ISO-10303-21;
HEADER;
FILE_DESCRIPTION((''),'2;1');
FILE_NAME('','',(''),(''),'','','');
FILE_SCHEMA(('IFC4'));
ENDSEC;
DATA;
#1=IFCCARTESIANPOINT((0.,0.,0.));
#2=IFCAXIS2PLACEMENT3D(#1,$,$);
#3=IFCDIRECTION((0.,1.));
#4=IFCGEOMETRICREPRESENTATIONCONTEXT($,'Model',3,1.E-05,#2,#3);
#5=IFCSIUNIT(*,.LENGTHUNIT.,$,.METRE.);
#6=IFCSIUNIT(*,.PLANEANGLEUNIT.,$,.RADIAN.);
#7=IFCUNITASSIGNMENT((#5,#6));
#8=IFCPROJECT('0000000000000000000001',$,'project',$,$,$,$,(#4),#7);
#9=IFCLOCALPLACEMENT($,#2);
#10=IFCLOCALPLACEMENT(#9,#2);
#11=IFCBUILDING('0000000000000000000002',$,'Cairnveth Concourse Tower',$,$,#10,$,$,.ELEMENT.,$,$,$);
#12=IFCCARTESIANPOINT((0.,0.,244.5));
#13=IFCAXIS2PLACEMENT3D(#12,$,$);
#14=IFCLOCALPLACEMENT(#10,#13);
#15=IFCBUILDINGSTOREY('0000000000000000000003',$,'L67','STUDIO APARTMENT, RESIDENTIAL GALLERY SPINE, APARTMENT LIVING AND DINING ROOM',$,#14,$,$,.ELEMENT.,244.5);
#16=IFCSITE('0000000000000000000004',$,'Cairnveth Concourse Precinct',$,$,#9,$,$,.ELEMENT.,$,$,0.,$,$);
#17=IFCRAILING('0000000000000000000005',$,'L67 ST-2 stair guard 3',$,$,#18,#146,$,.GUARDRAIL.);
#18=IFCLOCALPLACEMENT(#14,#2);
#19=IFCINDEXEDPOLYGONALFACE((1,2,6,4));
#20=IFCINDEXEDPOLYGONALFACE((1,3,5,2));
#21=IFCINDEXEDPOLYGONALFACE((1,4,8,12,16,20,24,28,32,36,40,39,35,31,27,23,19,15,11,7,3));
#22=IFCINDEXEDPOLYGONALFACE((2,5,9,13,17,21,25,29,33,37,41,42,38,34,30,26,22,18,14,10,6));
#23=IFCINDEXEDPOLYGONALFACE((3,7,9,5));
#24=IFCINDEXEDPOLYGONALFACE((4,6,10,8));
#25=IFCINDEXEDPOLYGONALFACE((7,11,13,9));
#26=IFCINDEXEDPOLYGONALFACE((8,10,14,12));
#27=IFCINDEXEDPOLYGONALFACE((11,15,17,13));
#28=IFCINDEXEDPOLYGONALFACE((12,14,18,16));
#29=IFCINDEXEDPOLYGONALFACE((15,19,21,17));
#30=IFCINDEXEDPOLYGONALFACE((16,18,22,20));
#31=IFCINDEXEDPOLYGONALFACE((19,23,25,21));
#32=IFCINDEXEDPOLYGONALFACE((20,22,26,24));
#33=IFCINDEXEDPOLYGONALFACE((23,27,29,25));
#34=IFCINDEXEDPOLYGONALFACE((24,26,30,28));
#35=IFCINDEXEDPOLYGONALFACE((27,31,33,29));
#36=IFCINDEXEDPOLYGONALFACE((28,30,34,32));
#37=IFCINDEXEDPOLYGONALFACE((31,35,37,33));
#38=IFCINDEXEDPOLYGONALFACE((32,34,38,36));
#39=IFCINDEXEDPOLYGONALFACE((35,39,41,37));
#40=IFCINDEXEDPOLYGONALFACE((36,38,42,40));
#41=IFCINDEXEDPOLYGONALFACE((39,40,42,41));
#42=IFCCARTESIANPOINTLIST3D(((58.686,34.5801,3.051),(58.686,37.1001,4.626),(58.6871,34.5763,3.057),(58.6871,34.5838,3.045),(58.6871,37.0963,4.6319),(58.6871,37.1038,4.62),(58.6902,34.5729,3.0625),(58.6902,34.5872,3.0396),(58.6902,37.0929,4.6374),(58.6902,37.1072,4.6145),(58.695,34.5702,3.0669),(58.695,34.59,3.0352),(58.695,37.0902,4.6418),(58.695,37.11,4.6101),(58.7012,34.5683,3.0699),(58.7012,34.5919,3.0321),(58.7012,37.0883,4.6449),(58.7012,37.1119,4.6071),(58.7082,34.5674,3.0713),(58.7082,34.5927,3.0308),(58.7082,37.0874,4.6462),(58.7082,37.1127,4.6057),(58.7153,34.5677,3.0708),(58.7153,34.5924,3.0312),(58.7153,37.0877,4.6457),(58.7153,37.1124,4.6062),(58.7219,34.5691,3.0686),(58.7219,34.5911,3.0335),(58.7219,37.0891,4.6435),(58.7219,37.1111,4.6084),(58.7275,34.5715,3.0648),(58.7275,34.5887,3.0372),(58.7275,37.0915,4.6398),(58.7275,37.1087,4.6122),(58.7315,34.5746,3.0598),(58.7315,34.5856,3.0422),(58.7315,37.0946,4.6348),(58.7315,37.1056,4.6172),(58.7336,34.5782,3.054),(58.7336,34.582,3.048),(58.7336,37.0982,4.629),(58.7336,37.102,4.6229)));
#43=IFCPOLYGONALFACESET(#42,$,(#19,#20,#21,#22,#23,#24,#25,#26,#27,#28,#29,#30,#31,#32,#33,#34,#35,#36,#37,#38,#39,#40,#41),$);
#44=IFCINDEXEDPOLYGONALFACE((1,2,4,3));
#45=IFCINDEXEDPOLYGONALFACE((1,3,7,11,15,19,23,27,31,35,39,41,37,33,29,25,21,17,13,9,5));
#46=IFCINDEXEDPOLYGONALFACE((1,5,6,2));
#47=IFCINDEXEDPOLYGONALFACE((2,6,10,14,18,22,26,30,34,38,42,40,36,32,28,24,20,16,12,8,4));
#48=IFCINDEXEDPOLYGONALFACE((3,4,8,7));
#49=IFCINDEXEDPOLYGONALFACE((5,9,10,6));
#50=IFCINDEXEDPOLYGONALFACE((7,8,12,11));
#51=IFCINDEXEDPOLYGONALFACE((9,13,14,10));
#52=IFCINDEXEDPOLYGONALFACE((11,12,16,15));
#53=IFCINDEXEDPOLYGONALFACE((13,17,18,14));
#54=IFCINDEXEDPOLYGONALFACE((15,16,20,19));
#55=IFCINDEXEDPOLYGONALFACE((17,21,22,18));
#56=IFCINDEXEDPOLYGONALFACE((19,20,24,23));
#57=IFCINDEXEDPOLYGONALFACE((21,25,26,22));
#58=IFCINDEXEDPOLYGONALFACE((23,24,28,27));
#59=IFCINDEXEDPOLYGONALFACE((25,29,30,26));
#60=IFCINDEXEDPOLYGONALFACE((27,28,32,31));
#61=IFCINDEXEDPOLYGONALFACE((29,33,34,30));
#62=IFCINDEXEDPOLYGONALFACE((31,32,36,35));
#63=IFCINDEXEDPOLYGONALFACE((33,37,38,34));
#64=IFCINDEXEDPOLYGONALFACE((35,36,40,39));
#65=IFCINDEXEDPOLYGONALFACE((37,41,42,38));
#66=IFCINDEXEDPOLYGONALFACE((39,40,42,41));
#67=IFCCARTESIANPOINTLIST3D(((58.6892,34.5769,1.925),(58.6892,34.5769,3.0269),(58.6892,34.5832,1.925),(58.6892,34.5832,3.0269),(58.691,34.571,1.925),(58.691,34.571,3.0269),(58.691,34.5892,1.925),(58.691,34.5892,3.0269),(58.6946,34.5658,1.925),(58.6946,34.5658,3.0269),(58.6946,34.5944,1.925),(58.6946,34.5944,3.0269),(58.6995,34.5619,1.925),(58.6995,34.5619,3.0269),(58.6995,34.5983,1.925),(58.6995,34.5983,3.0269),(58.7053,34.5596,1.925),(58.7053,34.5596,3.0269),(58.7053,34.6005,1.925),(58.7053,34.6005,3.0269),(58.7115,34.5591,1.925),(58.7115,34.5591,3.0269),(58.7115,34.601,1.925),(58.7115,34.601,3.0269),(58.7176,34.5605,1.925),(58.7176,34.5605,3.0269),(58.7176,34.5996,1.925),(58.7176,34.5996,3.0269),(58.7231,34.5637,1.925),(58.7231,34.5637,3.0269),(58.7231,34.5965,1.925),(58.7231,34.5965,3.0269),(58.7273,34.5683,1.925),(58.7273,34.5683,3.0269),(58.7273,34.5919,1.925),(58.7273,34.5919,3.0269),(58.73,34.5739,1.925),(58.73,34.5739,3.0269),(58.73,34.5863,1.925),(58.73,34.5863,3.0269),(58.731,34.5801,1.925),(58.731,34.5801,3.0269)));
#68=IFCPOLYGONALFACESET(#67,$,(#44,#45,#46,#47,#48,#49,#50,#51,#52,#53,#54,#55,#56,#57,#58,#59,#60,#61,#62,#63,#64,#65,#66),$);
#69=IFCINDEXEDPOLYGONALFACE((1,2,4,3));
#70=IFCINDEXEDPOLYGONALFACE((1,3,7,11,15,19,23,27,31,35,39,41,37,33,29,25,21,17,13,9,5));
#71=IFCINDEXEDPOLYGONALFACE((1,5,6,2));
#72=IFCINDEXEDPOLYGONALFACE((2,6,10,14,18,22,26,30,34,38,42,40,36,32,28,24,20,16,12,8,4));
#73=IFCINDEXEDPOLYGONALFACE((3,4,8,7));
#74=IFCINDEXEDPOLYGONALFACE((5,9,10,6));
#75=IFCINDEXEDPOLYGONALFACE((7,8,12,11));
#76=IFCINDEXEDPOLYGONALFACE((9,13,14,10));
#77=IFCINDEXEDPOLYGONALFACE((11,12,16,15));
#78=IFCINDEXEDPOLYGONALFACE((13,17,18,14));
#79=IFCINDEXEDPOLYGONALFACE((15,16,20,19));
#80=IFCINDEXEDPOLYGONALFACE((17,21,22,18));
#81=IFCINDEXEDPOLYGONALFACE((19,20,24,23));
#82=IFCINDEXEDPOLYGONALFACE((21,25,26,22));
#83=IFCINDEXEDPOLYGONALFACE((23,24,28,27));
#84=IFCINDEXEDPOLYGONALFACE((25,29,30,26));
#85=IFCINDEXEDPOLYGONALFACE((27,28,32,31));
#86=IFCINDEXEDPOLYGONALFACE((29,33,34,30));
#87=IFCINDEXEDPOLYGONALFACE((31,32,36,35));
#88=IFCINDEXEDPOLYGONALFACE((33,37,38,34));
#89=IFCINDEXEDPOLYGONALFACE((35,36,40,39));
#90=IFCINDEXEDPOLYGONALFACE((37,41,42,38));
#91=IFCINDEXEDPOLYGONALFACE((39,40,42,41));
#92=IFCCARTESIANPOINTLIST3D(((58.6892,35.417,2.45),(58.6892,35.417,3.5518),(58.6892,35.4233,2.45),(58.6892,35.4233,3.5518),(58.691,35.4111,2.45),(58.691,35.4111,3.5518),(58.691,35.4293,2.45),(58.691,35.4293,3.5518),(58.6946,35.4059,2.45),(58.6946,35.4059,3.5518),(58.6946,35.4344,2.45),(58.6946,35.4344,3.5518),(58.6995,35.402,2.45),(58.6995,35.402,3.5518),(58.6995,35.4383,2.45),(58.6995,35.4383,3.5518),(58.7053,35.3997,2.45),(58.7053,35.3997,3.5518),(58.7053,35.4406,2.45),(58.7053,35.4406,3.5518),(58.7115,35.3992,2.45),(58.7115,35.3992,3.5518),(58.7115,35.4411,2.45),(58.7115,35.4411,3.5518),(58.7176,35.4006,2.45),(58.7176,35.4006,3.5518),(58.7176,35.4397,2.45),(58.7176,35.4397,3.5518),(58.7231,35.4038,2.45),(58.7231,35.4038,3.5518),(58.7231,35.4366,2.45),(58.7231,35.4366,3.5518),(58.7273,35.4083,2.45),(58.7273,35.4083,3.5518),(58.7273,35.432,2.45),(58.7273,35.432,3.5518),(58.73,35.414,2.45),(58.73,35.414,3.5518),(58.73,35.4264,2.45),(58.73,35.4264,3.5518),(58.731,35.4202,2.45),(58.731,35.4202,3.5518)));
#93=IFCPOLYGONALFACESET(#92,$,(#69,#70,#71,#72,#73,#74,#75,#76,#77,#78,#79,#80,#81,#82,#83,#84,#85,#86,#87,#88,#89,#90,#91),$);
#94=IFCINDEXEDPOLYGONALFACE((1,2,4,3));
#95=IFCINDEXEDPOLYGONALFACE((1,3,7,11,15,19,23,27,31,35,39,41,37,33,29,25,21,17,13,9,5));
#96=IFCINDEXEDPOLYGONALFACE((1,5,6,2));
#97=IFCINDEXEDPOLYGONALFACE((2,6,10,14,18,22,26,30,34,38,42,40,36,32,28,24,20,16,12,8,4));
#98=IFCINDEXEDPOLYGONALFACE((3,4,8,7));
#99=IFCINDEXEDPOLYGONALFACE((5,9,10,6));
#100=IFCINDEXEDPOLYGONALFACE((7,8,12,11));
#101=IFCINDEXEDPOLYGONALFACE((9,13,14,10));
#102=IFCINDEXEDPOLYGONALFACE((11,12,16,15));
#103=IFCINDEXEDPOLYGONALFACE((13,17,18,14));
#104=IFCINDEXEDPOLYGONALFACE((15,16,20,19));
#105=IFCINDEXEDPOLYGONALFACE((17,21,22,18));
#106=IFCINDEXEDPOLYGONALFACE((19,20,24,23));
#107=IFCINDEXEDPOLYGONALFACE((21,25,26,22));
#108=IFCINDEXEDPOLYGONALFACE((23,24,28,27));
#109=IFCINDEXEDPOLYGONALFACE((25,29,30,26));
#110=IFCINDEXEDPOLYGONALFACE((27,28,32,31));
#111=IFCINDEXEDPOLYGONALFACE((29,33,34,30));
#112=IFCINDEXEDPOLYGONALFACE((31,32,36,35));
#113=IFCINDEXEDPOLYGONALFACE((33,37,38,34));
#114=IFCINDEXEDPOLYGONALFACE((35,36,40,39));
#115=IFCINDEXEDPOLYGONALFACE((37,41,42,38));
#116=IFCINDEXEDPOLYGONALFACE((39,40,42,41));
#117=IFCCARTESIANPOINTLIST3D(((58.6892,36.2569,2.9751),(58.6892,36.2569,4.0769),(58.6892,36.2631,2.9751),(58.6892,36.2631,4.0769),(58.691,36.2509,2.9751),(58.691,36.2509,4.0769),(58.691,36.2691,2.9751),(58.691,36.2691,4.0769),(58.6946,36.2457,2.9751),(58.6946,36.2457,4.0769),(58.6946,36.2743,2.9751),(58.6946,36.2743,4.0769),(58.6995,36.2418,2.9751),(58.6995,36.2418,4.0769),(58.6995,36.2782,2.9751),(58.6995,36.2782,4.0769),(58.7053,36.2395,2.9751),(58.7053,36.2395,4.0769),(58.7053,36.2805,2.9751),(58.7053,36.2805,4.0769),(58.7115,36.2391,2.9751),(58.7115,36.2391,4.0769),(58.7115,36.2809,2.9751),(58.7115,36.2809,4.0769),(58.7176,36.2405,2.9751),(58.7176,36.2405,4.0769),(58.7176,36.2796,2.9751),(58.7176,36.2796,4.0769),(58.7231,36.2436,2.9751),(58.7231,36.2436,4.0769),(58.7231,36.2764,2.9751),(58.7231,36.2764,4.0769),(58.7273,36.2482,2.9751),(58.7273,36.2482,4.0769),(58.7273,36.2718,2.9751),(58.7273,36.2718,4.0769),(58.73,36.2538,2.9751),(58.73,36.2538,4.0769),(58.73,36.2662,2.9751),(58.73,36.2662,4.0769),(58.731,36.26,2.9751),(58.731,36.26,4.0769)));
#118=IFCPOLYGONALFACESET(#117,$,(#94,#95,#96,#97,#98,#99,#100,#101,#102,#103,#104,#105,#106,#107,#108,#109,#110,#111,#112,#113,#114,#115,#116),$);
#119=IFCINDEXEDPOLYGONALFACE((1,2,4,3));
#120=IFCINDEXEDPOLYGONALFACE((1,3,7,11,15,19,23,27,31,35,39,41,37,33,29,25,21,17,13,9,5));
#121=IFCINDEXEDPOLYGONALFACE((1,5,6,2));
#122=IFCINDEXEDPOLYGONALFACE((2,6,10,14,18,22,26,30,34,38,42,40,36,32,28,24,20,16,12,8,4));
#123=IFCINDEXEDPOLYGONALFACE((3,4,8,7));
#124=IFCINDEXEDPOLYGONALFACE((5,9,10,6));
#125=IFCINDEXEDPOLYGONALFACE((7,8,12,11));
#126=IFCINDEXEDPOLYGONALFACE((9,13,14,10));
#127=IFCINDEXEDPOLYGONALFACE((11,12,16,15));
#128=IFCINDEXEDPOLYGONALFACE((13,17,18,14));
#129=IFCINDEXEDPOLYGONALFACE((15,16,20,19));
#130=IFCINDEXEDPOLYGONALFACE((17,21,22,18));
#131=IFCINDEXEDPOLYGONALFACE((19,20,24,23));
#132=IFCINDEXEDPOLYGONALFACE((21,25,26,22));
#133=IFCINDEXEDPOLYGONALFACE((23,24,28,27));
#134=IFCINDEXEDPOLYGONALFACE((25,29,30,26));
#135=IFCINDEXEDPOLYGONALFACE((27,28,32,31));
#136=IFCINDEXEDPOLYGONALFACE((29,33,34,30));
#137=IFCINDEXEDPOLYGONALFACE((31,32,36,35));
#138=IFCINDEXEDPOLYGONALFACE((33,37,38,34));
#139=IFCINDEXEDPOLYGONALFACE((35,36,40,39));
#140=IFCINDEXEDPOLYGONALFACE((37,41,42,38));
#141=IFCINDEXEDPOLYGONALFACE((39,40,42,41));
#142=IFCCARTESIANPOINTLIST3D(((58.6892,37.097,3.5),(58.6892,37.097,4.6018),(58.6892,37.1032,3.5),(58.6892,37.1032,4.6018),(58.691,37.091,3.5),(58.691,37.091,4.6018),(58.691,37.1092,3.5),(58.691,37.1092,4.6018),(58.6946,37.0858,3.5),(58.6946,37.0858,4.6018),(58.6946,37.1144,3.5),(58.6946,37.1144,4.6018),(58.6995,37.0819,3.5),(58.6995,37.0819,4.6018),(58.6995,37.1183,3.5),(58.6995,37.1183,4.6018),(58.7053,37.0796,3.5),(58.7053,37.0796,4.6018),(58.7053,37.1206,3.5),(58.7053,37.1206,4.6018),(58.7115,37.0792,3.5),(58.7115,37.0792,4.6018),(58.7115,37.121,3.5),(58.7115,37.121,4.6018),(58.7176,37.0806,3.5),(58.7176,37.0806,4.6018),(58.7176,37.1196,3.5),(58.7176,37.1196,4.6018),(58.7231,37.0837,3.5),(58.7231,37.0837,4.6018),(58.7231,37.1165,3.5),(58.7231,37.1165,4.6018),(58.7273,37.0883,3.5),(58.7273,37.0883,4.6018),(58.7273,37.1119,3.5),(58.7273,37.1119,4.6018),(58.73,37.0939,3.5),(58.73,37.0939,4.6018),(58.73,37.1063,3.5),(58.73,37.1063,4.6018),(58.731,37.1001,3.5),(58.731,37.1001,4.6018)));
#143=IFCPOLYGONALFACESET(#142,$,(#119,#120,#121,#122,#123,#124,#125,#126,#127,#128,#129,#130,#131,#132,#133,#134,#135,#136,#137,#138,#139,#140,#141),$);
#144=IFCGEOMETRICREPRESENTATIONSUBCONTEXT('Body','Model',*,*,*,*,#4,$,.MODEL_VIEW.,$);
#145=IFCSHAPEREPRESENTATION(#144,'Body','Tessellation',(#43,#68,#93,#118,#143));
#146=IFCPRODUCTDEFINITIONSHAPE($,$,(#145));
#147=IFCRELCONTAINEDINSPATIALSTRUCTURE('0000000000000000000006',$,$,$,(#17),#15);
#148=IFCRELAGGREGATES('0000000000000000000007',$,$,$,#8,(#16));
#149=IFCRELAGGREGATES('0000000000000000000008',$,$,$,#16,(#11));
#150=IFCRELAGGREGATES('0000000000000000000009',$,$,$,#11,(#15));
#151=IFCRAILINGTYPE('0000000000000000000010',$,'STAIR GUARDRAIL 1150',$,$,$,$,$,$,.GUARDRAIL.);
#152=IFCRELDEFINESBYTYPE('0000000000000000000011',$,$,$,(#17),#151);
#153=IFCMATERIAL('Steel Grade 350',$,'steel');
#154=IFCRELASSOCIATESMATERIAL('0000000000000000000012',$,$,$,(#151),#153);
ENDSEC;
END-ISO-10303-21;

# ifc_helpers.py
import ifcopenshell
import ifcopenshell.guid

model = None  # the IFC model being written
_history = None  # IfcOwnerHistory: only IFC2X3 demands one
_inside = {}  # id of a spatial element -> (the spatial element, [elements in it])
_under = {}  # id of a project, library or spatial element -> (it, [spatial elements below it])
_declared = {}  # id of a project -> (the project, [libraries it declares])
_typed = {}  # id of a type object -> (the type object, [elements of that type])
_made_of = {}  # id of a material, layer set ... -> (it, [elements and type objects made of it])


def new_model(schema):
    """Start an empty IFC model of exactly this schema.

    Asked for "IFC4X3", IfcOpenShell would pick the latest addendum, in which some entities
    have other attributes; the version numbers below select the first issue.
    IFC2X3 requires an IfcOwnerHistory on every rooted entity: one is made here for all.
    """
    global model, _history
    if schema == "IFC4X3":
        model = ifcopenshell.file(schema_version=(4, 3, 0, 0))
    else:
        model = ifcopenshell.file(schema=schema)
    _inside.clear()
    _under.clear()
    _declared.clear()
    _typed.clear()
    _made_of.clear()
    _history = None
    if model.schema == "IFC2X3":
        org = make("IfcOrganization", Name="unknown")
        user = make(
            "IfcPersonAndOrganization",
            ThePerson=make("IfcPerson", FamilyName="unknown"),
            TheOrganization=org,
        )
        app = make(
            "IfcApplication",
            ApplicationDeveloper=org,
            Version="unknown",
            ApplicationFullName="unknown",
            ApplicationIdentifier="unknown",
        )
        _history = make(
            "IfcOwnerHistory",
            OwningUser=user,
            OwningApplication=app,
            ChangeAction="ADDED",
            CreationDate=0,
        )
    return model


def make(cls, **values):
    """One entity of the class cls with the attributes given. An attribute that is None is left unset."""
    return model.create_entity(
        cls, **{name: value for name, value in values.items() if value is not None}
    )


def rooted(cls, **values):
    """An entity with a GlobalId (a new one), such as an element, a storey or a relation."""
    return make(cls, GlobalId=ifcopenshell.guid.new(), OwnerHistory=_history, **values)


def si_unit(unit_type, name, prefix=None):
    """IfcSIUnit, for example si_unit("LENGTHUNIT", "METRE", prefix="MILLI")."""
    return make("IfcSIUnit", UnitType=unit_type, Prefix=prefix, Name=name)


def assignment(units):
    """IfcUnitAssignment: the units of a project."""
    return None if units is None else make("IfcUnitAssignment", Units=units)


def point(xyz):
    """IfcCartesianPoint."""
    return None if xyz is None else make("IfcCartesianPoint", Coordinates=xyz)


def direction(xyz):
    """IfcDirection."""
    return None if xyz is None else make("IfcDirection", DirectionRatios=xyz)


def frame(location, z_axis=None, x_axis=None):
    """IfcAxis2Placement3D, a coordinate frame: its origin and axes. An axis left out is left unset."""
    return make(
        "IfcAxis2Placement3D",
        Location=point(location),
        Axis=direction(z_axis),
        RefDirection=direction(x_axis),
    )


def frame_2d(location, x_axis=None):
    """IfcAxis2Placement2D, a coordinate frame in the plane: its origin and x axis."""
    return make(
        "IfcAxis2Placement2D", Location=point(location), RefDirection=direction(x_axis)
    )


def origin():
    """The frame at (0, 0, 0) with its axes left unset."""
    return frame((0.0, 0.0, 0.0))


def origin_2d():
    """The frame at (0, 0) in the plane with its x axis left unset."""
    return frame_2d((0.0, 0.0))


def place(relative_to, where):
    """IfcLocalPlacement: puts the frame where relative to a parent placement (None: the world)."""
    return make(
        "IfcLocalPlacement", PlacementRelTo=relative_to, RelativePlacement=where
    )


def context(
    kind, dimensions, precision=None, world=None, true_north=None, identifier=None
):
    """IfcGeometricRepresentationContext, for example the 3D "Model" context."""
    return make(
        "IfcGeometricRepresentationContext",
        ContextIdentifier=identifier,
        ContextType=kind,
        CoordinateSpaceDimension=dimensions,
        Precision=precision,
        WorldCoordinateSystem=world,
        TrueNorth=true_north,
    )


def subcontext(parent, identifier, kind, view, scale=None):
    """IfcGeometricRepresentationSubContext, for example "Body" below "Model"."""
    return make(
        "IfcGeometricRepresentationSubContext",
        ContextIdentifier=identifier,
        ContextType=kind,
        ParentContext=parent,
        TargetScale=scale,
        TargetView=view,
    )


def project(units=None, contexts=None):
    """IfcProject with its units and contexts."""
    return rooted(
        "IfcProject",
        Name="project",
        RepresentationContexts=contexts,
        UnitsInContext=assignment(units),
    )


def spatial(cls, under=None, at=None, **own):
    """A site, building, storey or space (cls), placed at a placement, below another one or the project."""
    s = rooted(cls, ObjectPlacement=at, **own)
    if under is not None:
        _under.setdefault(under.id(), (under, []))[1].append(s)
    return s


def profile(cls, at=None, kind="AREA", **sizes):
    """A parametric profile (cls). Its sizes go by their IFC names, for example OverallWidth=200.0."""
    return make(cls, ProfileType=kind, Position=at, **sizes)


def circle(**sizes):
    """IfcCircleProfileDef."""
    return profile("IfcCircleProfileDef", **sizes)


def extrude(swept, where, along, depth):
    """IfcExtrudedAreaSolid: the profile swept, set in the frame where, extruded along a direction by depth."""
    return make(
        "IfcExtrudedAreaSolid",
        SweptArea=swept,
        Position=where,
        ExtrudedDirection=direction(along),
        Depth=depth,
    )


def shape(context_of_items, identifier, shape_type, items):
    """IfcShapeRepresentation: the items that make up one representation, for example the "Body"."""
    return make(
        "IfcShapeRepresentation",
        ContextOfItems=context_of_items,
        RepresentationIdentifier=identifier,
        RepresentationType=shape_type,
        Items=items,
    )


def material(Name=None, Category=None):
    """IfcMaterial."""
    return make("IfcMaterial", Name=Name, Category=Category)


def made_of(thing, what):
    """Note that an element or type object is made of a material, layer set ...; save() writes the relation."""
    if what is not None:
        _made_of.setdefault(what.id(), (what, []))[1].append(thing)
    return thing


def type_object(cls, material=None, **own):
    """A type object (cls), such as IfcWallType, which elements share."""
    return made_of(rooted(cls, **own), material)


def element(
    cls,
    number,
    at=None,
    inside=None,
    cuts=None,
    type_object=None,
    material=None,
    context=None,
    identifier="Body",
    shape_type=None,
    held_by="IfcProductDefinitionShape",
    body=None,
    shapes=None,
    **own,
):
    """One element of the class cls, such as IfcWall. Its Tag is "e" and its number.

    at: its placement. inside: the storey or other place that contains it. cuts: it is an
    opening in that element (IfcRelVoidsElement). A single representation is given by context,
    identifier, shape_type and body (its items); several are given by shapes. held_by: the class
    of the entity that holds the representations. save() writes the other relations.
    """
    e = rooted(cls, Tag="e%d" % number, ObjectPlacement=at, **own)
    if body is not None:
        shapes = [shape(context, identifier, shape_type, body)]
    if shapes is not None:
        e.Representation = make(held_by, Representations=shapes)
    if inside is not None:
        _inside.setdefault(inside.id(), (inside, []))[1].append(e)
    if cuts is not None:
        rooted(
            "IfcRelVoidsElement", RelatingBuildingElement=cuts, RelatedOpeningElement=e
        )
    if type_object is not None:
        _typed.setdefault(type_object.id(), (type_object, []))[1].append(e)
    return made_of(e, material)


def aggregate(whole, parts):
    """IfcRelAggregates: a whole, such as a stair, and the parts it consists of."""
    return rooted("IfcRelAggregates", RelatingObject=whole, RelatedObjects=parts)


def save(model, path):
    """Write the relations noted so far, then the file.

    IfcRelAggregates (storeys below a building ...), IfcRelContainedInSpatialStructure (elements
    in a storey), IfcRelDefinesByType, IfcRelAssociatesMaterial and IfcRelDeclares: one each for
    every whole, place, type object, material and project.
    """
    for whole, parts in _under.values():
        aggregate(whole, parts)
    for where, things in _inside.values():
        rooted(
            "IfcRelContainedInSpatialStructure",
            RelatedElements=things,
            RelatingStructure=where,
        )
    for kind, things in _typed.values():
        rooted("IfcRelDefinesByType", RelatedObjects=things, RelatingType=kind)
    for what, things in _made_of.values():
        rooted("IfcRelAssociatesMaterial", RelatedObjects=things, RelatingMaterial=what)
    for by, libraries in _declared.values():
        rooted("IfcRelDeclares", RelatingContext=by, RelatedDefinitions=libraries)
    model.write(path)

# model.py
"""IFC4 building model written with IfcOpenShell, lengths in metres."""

from ifc_helpers import new_model, si_unit, direction, frame, origin, origin_2d, place, context, subcontext, project, spatial, circle, extrude, material, type_object, element, save


model = new_model("IFC4")

# Units and contexts
model_context = context("Model", 3, precision=1e-05, world=origin(), true_north=direction((0.0, 1.0)))
body_context = subcontext(model_context, "Body", "Model", "MODEL_VIEW")
ifc_project = project(units=[si_unit("LENGTHUNIT", "METRE"), si_unit("PLANEANGLEUNIT", "RADIAN")], contexts=[model_context])

# Site, building, storey
site_placement = place(None, origin())
site = spatial("IfcSite", under=ifc_project, at=site_placement, Name="Cairnveth Concourse Precinct", CompositionType="ELEMENT", RefElevation=0.0)
building_placement = place(site_placement, origin())
building = spatial("IfcBuilding", under=site, at=building_placement, Name="Cairnveth Concourse Tower", CompositionType="ELEMENT")
storey_placement = place(building_placement, frame((0.0, 0.0, 244.5)))
storey = spatial("IfcBuildingStorey", under=building, at=storey_placement, Name="L67", Description="STUDIO APARTMENT, RESIDENTIAL GALLERY SPINE, APARTMENT LIVING AND DINING ROOM", CompositionType="ELEMENT", Elevation=244.5)

# Shared definitions
ifc_material_1 = material(Name="Steel Grade 350", Category="steel")

# Railing
railing_type_1 = type_object("IfcRailingType", Name="STAIR GUARDRAIL 1150", PredefinedType="GUARDRAIL", material=ifc_material_1)
railing_1_placement = place(storey_placement, frame((58.71, 34.5801, 1.925)))
element("IfcRailing", 1, at=railing_1_placement, inside=storey, type_object=railing_type_1, Name="L67 ST-2 stair guard 3", PredefinedType="GUARDRAIL", context=body_context, shape_type="SweptSolid", body=[
    extrude(circle(Radius=0.0239, at=origin_2d()), frame((0.0, 0.0, 1.126), z_axis=(0.0, 0.848008, 0.529984), x_axis=(-1.0, 0.0, 0.0)), (0.0, 0.0, 1.0), 2.9717),
    extrude(circle(Radius=0.021, at=origin_2d()), origin(), (0.0, 0.0, 1.0), 1.1018),
    extrude(circle(Radius=0.021, at=origin_2d()), frame((0.0, 0.8401, 0.5249)), (0.0, 0.0, 1.0), 1.1018),
    extrude(circle(Radius=0.021, at=origin_2d()), frame((0.0, 1.6799, 1.05)), (0.0, 0.0, 1.0), 1.1018),
    extrude(circle(Radius=0.021, at=origin_2d()), frame((0.0, 2.52, 1.575)), (0.0, 0.0, 1.0), 1.1018),
])

save(model, "model.ifc")
